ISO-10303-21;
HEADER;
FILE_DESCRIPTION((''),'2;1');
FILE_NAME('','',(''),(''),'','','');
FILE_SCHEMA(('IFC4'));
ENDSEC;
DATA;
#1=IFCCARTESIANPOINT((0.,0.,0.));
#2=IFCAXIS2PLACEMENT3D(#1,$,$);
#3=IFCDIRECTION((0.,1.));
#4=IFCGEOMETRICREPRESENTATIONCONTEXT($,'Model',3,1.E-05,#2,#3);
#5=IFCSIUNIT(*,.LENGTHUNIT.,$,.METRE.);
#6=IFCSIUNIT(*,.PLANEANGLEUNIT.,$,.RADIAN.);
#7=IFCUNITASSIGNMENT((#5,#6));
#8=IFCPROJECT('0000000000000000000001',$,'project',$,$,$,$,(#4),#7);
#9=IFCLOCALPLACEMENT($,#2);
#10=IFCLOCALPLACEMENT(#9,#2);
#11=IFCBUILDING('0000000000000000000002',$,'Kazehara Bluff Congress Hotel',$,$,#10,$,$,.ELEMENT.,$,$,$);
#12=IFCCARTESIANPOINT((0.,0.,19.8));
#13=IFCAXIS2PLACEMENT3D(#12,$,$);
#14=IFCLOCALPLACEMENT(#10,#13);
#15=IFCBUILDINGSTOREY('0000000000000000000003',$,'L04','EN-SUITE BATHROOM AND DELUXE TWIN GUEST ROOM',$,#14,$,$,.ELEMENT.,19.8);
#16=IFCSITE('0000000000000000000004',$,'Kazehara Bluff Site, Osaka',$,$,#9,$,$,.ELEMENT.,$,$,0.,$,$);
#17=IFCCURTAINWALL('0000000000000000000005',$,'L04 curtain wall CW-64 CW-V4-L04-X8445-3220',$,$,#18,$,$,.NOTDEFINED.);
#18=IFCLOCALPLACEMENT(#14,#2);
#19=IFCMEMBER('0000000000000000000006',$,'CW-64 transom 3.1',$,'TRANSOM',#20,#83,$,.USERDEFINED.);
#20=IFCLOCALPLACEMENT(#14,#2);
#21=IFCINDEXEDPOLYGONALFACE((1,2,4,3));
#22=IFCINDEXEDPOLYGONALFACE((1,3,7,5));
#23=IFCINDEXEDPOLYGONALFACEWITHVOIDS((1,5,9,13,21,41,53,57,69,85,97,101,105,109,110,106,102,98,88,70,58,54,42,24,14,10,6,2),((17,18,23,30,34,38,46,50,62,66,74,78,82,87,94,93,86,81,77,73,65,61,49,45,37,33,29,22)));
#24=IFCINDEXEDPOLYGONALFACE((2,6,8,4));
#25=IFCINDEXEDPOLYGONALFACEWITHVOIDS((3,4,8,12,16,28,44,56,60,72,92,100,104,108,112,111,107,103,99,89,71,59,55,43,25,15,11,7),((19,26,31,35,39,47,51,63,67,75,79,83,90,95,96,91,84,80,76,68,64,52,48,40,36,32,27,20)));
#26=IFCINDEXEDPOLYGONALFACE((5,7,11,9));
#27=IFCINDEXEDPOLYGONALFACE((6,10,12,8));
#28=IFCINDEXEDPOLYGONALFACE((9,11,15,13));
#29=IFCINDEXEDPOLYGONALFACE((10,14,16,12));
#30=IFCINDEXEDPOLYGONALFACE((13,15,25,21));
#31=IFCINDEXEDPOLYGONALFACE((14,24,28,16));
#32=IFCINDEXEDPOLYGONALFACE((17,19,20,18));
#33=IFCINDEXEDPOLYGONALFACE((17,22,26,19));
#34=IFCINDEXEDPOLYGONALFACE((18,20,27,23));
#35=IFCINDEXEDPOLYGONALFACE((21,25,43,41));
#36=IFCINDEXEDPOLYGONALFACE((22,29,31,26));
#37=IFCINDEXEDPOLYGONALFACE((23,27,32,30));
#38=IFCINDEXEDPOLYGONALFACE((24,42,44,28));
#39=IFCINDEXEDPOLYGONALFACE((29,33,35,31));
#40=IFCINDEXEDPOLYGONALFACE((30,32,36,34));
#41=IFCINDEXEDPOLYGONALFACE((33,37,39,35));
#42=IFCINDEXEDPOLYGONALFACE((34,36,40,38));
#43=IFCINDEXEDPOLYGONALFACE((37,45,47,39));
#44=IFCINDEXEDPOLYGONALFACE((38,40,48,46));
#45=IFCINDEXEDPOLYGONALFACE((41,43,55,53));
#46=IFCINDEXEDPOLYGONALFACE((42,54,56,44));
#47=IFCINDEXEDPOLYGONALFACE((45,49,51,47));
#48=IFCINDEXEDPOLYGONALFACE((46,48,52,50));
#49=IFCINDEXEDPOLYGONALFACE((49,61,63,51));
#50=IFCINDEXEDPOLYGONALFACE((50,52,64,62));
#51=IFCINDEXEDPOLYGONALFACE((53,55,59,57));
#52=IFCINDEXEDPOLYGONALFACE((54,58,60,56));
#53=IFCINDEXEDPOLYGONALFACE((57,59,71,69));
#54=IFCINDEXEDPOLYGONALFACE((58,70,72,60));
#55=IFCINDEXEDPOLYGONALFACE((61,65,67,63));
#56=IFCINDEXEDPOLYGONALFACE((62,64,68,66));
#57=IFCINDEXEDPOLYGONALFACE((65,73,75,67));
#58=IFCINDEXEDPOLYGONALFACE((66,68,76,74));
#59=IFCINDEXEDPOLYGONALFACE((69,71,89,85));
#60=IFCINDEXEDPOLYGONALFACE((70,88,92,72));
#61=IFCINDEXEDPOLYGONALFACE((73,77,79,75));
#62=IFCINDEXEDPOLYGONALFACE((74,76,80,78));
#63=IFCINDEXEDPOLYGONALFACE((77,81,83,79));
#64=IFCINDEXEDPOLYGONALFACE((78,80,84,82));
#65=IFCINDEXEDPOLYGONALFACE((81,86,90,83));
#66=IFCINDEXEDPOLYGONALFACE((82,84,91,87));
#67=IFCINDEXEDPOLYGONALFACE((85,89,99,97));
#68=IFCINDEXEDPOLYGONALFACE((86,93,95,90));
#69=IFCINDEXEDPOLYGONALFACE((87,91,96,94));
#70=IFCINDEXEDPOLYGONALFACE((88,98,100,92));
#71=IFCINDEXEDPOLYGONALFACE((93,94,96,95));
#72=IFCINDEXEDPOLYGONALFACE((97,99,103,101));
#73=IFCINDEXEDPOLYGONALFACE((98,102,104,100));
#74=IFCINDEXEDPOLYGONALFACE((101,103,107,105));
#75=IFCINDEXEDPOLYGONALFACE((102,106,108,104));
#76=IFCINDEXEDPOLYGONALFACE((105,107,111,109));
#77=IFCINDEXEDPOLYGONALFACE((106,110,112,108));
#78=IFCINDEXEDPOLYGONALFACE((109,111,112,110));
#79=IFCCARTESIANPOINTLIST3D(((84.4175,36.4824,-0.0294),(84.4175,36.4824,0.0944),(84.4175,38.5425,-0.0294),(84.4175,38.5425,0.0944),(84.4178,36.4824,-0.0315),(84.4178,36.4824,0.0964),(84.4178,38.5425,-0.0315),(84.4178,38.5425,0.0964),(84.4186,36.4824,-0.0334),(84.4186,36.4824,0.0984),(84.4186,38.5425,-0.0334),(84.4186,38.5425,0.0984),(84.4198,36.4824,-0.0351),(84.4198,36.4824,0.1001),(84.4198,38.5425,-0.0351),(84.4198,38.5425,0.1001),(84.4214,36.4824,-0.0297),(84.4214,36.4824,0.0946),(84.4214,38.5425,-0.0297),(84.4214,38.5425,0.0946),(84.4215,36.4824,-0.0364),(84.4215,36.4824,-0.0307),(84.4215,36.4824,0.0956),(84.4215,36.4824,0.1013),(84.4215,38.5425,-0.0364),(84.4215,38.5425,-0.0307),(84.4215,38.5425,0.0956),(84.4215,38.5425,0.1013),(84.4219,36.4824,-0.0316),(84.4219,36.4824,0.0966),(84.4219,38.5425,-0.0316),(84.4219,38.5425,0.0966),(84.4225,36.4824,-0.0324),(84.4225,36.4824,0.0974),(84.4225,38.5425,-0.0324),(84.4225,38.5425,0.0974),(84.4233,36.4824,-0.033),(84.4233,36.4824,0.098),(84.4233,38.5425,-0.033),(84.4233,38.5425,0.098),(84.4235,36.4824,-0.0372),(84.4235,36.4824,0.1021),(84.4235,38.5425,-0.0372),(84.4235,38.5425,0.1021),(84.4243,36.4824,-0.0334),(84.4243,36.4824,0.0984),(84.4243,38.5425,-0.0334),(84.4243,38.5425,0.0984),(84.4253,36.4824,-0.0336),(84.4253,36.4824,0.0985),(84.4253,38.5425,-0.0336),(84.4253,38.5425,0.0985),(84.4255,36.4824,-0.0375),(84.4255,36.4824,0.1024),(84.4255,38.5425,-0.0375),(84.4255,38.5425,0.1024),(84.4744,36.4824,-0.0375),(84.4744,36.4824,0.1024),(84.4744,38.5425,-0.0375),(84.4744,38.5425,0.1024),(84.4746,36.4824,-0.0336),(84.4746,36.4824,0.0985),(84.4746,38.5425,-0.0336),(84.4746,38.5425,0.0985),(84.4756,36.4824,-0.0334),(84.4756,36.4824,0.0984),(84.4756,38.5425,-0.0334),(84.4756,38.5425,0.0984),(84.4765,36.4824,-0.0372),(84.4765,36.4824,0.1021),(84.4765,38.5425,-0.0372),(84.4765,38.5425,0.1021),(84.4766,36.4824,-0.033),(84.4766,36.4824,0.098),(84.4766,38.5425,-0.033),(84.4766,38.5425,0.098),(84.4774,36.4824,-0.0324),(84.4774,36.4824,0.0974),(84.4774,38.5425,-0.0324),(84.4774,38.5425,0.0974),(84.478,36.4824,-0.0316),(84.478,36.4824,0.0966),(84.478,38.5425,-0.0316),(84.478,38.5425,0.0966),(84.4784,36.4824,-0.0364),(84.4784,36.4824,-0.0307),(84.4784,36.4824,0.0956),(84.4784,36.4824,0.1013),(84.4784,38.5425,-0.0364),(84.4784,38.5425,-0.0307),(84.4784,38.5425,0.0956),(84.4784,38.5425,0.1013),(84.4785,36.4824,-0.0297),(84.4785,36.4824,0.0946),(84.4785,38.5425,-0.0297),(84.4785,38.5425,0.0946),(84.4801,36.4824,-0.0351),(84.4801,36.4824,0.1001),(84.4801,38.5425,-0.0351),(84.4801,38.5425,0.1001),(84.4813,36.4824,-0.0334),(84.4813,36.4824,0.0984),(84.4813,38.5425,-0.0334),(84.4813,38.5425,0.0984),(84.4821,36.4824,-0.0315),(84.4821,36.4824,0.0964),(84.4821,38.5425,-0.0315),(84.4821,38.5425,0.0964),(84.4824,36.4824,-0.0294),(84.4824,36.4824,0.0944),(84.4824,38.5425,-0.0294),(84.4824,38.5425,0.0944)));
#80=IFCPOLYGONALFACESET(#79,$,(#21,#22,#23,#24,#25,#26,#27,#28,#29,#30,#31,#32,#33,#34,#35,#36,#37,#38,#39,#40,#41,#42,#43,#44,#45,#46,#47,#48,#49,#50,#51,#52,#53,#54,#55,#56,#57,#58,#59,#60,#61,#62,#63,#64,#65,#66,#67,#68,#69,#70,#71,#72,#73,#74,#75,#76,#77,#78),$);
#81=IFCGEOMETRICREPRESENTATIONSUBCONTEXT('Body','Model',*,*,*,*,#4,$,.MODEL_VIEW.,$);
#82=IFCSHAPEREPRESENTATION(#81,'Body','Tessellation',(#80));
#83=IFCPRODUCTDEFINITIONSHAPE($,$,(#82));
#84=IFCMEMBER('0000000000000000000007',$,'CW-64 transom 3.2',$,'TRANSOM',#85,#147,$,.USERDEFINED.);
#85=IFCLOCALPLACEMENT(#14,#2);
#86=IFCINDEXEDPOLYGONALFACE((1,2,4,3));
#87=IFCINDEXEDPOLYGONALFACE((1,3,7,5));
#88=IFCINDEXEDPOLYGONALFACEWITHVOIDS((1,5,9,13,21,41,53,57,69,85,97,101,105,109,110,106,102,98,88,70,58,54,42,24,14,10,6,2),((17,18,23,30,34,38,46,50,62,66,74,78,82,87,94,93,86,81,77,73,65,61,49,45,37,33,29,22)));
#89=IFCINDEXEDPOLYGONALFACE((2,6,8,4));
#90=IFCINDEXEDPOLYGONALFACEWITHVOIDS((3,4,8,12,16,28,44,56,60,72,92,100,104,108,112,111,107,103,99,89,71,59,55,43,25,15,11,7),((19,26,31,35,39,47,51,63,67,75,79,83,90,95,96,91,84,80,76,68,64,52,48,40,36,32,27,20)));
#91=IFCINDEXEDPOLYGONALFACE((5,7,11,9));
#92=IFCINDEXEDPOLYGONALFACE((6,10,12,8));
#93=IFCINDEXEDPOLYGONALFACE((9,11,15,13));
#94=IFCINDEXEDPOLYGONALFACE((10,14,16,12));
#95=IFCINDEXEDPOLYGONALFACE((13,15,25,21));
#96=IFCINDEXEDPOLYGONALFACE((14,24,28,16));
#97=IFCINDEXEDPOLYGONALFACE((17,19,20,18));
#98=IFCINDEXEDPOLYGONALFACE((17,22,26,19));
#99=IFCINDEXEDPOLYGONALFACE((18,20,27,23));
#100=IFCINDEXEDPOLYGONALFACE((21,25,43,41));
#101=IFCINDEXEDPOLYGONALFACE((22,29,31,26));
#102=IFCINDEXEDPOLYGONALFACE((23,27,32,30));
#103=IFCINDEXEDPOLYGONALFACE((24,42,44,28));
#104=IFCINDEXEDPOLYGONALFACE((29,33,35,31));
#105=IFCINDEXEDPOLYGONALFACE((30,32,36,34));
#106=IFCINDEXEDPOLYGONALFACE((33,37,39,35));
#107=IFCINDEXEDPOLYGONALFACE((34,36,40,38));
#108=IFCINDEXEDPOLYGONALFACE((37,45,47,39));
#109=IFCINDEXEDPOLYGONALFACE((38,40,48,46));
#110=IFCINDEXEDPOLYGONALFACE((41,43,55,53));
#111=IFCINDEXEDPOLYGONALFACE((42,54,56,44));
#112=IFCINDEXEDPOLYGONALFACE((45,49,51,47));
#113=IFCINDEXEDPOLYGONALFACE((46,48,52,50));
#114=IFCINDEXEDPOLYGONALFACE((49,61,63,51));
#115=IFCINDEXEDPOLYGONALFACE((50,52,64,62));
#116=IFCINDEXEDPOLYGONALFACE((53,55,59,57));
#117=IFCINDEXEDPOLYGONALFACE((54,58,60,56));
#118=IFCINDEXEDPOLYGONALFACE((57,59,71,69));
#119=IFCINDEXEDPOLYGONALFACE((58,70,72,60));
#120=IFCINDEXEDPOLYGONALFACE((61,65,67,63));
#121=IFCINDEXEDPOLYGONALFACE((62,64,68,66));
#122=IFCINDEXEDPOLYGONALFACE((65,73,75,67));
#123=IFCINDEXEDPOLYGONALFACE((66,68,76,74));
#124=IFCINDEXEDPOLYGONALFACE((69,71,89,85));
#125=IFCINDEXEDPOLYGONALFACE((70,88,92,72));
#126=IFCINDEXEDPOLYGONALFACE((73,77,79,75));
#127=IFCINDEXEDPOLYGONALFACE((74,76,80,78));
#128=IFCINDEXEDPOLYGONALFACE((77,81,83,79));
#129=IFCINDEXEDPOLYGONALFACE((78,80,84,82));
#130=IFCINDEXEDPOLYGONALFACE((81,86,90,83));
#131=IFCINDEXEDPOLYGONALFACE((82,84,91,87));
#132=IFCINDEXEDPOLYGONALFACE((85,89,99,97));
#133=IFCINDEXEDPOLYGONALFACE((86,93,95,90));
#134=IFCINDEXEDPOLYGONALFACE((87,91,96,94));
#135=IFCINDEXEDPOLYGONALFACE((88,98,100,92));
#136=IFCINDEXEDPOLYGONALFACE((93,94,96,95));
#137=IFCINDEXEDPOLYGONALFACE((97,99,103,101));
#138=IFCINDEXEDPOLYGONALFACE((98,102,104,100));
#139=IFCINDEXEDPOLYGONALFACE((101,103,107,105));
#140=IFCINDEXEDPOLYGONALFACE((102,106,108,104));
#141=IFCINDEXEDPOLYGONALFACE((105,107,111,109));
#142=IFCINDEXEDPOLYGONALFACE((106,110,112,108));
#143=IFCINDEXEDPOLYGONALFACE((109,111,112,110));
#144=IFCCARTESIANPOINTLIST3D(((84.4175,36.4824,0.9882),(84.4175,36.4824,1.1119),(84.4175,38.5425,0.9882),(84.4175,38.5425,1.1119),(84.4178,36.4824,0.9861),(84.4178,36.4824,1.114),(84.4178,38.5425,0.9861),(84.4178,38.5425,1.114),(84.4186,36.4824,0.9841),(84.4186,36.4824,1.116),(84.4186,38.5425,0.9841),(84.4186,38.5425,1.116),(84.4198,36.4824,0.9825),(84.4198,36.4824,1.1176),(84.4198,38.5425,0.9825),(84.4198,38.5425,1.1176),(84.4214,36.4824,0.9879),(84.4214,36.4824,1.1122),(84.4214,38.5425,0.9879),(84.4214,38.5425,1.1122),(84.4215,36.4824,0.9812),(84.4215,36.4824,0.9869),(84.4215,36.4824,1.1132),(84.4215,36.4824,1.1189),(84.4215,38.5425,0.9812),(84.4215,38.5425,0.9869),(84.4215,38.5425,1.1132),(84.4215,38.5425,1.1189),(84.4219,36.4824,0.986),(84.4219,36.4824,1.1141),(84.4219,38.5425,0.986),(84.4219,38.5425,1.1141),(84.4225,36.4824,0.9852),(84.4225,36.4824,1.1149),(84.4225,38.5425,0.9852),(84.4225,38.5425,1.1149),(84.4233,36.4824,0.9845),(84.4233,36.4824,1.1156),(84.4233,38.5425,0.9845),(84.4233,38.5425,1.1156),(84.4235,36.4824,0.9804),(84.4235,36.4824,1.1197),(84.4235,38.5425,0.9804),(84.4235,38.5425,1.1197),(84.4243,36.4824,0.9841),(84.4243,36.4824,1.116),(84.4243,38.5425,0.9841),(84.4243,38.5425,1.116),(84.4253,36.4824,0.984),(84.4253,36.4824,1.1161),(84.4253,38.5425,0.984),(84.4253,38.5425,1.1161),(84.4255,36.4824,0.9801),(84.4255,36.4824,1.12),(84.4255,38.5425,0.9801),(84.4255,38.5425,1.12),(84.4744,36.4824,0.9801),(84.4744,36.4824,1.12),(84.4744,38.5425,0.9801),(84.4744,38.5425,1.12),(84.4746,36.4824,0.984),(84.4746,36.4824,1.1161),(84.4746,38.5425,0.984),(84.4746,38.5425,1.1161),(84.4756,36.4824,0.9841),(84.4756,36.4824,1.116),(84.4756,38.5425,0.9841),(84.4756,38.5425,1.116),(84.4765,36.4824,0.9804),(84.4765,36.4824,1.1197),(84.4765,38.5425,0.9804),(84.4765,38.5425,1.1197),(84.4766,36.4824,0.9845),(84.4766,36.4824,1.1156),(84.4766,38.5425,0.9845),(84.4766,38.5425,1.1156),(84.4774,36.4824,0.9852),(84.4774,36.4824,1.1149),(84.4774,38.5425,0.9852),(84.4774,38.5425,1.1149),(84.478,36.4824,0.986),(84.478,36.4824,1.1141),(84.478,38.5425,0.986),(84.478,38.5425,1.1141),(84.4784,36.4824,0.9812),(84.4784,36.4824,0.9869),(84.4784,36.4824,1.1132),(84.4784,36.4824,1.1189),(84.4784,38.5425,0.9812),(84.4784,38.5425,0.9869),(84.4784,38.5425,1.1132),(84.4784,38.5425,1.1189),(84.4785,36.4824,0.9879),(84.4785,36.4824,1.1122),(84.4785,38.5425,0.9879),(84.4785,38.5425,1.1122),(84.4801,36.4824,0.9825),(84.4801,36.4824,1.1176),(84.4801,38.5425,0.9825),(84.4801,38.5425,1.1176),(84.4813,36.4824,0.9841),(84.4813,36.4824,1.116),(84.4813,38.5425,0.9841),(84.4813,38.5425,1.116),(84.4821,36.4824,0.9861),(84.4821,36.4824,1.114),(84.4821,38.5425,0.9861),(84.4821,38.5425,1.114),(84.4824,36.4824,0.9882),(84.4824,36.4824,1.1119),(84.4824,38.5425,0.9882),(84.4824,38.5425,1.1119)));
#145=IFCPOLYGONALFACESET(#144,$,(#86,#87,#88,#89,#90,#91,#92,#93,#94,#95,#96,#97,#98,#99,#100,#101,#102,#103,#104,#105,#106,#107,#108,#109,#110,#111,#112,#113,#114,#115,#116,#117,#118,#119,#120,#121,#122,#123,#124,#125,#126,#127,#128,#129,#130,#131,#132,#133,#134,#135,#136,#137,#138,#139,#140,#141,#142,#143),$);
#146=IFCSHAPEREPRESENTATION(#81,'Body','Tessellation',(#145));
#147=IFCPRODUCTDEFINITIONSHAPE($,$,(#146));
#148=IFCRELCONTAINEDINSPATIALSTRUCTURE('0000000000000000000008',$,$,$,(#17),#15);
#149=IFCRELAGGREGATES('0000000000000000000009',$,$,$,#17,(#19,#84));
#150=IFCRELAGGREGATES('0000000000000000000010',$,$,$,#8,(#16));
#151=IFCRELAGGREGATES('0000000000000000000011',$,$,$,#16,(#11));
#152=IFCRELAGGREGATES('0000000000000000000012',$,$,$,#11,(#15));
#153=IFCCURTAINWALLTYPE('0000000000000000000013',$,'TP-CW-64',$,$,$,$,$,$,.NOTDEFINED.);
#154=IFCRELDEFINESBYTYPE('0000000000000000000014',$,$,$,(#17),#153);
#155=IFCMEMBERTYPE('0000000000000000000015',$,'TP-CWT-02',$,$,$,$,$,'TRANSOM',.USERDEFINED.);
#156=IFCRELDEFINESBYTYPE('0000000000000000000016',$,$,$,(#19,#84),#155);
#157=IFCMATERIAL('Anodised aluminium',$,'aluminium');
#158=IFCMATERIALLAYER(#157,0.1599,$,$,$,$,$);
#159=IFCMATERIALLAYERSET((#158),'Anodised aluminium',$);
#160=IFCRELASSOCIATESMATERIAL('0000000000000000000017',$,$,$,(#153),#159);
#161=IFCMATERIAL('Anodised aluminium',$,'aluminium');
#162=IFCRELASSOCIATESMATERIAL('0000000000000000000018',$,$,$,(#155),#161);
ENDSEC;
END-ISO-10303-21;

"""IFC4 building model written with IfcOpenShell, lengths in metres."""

from ifc_helpers import new_model, si_unit, direction, frame, origin, origin_2d, place, context, subcontext, project, spatial, hollow_rectangle, extrude, material, layer, layer_set, material_profile, profile_set, type_object, element, aggregate, save


model = new_model("IFC4")

# Units and contexts
model_context = context("Model", 3, precision=1e-05, world=origin(), true_north=direction((0.0, 1.0)))
body_context = subcontext(model_context, "Body", "Model", "MODEL_VIEW")
ifc_project = project(units=[si_unit("LENGTHUNIT", "METRE"), si_unit("PLANEANGLEUNIT", "RADIAN")], contexts=[model_context])

# Site, building, storey
site_placement = place(None, origin())
site = spatial("IfcSite", under=ifc_project, at=site_placement, Name="Kazehara Bluff Site, Osaka", CompositionType="ELEMENT", RefElevation=0.0)
building_placement = place(site_placement, origin())
building = spatial("IfcBuilding", under=site, at=building_placement, Name="Kazehara Bluff Congress Hotel", CompositionType="ELEMENT")
storey_placement = place(building_placement, frame((0.0, 0.0, 19.8)))
storey = spatial("IfcBuildingStorey", under=building, at=storey_placement, Name="L04", Description="EN-SUITE BATHROOM AND DELUXE TWIN GUEST ROOM", CompositionType="ELEMENT", Elevation=19.8)

# Curtain wall, members
ifc_material_1 = material(Name="Anodised aluminium", Category="aluminium")
ifc_layer_1 = layer(ifc_material_1, 0.1599)
ifc_layer_set_1 = layer_set([ifc_layer_1], Name="Anodised aluminium")
curtain_wall_type_1 = type_object("IfcCurtainWallType", Name="TP-CW-64", PredefinedType="NOTDEFINED", material=ifc_layer_set_1)
curtain_wall_1_placement = place(storey_placement, origin())
curtain_wall_1 = element("IfcCurtainWall", 1, at=curtain_wall_1_placement, inside=storey, type_object=curtain_wall_type_1, Name="L04 curtain wall CW-64 CW-V4-L04-X8445-3220", PredefinedType="NOTDEFINED")
ifc_material_2 = material(Name="Anodised aluminium", Category="aluminium")
ifc_material_profile_1 = material_profile(ifc_material_2, hollow_rectangle(XDim=0.0649, YDim=0.1399, WallThickness=0.0039, InnerFilletRadius=0.0039, OuterFilletRadius=0.0081, at=origin_2d()))
ifc_profile_set_1 = profile_set([ifc_material_profile_1], Name="Anodised aluminium")
member_type_1 = type_object("IfcMemberType", Name="TP-CWT-02", ElementType="TRANSOM", PredefinedType="USERDEFINED", material=ifc_profile_set_1)
member_1_placement = place(storey_placement, frame((84.45, 36.4824, 0.0325), z_axis=(0.0, 1.0, 0.0), x_axis=(-1.0, 0.0, 0.0)))
member_1 = element("IfcMember", 2, at=member_1_placement, type_object=member_type_1, Name="CW-64 transom 3.1", ObjectType="TRANSOM", PredefinedType="USERDEFINED", context=body_context, shape_type="SweptSolid", body=[
    extrude(hollow_rectangle(XDim=0.0649, YDim=0.1399, WallThickness=0.0039, InnerFilletRadius=0.0039, OuterFilletRadius=0.0081, at=origin_2d()), origin(), (0.0, 0.0, 1.0), 2.0601),
])
member_2_placement = place(storey_placement, frame((84.45, 36.4824, 1.05), z_axis=(0.0, 1.0, 0.0), x_axis=(-1.0, 0.0, 0.0)))
member_2 = element("IfcMember", 3, at=member_2_placement, type_object=member_type_1, Name="CW-64 transom 3.2", ObjectType="TRANSOM", PredefinedType="USERDEFINED", context=body_context, shape_type="SweptSolid", body=[
    extrude(hollow_rectangle(XDim=0.0649, YDim=0.1399, WallThickness=0.0039, InnerFilletRadius=0.0039, OuterFilletRadius=0.0081, at=origin_2d()), origin(), (0.0, 0.0, 1.0), 2.0601),
])

aggregate(curtain_wall_1, [member_1, member_2])

save(model, "model.ifc")
